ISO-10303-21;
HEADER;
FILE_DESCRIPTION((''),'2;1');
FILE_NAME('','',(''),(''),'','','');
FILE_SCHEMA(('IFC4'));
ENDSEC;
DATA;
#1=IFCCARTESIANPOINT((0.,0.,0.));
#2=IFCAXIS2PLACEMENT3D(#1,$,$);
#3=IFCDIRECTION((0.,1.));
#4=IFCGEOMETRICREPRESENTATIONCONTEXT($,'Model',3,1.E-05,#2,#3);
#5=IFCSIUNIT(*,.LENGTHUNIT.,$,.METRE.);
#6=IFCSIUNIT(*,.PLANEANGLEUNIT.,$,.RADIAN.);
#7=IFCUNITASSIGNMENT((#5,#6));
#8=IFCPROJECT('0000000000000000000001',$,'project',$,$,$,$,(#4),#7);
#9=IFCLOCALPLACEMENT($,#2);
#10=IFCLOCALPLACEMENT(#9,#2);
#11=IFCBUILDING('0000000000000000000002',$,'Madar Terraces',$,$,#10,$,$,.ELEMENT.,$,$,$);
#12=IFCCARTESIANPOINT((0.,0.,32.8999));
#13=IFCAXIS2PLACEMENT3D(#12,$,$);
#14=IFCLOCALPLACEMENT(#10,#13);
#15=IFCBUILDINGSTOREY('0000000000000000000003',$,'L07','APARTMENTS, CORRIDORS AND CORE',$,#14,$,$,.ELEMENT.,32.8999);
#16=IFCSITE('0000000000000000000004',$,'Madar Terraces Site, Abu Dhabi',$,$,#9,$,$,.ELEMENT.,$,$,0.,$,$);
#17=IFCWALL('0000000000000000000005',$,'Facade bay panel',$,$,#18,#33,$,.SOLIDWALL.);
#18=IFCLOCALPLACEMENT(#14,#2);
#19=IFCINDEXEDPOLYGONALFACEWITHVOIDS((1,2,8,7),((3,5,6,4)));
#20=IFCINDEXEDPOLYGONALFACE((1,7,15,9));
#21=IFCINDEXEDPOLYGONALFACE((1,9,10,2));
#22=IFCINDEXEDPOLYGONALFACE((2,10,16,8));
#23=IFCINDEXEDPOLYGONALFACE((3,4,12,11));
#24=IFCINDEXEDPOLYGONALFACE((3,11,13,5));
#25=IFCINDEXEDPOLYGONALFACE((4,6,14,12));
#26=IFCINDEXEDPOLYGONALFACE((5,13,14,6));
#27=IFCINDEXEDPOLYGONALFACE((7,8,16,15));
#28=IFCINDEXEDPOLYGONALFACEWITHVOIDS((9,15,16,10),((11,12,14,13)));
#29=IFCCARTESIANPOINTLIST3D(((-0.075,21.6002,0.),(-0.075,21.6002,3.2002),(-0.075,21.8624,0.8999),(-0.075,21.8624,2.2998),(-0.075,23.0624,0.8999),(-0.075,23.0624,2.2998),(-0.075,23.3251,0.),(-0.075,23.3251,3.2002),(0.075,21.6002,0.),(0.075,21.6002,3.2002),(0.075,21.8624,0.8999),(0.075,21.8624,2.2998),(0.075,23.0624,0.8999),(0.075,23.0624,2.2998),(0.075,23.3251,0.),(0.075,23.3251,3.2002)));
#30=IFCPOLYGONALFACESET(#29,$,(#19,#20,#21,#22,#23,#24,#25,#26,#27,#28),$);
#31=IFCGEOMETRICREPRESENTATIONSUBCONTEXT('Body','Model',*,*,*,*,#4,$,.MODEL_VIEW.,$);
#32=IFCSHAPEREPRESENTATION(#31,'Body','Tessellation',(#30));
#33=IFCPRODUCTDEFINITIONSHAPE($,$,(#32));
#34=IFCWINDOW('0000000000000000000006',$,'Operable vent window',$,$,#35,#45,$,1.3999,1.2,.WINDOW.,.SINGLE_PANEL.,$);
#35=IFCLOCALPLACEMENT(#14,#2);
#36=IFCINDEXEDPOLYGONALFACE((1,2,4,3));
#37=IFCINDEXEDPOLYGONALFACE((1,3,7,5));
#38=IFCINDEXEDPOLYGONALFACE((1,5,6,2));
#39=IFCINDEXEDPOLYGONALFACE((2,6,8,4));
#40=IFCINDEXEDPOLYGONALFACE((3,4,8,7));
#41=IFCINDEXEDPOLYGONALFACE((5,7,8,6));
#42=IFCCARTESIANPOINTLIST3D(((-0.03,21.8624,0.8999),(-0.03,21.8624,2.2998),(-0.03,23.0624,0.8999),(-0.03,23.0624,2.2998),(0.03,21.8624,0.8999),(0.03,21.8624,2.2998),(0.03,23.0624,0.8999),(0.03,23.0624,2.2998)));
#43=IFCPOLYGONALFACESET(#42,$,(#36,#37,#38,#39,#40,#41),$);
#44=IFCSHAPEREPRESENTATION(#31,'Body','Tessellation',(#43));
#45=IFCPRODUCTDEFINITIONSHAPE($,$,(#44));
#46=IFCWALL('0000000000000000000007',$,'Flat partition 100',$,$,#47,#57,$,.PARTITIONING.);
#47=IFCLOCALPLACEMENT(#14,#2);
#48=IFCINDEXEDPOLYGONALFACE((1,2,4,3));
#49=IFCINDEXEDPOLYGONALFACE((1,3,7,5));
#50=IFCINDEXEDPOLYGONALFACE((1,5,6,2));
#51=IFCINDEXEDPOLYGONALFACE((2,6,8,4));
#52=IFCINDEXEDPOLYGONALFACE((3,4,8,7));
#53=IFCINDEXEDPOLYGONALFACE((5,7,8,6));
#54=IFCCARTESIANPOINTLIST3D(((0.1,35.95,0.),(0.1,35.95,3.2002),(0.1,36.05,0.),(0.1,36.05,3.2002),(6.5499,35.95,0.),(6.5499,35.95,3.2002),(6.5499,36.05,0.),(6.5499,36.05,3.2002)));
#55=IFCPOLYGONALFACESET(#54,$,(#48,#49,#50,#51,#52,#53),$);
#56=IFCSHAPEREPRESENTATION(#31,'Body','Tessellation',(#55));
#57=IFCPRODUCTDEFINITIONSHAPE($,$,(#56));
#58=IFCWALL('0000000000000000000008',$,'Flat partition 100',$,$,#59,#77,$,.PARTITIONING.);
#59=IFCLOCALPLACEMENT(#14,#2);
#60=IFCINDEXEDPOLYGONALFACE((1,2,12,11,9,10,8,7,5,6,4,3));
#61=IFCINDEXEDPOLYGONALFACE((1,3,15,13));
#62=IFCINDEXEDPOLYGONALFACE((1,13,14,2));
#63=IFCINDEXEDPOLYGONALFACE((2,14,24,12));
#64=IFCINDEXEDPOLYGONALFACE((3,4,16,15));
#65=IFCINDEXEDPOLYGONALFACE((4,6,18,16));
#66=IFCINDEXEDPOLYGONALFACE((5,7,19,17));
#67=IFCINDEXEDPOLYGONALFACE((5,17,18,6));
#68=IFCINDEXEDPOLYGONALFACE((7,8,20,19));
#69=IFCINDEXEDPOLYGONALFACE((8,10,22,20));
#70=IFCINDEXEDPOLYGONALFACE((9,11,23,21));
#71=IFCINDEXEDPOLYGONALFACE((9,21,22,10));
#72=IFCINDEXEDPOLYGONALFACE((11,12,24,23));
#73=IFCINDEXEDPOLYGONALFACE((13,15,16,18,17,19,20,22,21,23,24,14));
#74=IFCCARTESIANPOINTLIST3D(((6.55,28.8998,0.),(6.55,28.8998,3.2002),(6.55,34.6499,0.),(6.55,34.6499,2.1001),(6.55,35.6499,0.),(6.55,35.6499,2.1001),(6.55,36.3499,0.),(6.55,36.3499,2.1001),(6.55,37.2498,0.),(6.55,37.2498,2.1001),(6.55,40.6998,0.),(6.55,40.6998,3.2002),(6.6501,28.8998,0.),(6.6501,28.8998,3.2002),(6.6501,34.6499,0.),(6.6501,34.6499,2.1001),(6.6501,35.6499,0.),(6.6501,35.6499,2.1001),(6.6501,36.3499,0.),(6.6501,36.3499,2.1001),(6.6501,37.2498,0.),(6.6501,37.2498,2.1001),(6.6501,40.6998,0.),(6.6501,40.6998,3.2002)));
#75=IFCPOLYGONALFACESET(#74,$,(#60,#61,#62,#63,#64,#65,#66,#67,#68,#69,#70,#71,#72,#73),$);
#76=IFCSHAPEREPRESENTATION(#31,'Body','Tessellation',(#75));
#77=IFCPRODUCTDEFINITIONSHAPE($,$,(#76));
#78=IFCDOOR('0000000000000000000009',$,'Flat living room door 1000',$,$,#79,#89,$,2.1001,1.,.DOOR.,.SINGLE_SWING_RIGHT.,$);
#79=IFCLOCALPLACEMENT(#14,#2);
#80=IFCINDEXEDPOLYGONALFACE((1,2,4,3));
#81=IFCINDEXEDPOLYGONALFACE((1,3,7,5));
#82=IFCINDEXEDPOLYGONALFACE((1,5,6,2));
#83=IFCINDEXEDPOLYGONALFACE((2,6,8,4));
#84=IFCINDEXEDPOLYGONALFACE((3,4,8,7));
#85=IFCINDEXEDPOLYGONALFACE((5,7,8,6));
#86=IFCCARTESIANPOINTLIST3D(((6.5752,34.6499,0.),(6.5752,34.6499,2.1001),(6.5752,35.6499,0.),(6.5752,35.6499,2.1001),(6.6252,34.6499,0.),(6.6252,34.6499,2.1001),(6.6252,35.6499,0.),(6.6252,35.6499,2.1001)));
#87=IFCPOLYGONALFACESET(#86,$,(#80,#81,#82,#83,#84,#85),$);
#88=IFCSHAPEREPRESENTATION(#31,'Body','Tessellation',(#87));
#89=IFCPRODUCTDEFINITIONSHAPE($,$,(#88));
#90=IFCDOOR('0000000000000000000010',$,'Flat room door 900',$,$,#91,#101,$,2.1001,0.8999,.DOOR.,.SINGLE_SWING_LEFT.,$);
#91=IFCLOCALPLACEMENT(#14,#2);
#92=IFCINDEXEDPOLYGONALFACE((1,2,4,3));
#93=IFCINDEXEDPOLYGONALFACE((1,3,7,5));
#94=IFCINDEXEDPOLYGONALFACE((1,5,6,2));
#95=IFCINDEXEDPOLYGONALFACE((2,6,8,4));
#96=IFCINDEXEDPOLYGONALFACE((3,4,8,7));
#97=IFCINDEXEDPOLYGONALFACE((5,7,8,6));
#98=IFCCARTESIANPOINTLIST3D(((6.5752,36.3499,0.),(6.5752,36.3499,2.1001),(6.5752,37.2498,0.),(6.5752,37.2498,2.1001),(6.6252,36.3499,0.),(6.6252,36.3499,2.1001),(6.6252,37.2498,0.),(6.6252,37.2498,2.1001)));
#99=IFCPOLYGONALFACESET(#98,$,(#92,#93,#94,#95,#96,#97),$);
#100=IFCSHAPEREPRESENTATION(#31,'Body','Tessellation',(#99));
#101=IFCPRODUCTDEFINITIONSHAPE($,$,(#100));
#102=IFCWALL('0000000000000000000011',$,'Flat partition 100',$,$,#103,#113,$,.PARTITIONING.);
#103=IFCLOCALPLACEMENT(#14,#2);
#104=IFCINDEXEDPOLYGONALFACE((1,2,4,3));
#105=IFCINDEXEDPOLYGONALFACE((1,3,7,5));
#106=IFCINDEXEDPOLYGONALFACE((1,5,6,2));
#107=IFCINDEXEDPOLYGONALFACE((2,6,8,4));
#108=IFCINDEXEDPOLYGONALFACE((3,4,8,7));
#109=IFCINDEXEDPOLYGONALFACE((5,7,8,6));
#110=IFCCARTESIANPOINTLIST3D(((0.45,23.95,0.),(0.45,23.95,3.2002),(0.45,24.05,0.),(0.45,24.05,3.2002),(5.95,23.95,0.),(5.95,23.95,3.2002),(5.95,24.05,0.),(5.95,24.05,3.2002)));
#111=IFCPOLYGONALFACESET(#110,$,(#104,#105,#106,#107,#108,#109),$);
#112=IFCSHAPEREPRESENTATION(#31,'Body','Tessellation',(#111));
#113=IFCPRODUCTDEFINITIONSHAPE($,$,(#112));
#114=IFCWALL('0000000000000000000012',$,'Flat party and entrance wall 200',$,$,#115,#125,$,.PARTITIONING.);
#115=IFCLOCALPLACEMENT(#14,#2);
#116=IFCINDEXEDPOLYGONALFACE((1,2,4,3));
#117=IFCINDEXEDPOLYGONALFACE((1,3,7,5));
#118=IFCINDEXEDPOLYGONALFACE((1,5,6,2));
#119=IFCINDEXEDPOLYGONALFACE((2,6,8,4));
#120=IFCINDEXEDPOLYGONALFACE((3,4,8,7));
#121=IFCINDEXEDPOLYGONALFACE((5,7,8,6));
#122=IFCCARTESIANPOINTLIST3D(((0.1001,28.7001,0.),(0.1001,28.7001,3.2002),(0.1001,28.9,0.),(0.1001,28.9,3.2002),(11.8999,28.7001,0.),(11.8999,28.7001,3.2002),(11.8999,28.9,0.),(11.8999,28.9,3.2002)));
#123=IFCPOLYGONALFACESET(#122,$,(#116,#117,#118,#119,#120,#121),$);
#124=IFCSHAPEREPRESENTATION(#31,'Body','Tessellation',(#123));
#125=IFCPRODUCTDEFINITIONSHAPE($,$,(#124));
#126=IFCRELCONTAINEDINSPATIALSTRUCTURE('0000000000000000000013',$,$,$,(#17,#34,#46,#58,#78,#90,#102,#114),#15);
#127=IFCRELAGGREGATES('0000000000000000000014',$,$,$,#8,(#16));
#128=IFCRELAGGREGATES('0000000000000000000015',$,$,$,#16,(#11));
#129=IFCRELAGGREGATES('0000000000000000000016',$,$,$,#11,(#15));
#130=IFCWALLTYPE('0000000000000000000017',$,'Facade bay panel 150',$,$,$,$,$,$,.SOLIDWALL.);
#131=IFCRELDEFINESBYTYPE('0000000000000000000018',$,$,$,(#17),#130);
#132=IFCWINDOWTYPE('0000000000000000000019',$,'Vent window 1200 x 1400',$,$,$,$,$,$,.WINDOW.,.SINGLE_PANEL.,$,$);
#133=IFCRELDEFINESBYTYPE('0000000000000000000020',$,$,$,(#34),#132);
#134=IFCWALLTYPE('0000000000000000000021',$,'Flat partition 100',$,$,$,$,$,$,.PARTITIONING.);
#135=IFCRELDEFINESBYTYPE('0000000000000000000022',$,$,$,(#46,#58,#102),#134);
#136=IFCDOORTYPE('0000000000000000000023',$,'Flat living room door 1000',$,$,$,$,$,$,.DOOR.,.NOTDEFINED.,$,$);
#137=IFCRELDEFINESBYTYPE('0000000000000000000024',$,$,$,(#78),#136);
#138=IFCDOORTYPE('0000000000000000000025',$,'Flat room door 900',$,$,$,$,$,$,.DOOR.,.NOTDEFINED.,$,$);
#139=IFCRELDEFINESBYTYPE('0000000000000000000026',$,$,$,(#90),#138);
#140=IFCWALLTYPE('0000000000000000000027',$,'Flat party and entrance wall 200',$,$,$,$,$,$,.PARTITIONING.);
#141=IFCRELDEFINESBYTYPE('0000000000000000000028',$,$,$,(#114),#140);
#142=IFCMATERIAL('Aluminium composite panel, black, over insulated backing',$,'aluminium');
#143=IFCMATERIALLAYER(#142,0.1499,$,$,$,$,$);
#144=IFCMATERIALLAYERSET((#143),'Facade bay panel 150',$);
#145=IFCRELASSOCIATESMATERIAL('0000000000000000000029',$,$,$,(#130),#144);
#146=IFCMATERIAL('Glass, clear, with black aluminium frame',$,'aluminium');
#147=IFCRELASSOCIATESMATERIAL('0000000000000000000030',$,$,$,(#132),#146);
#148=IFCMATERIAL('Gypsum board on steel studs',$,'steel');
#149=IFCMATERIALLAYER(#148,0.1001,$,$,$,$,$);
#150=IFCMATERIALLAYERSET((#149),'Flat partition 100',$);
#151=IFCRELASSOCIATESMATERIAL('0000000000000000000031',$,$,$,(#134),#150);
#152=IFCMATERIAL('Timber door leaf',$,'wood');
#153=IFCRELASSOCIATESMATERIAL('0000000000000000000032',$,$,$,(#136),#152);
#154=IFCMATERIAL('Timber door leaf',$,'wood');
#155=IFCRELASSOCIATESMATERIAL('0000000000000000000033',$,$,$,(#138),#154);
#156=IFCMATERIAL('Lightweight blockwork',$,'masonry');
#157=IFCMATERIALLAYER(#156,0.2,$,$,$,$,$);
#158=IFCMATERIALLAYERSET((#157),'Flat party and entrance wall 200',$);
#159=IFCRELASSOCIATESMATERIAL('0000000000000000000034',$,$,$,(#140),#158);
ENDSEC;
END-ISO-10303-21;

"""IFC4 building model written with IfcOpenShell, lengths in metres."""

from ifc_helpers import new_model, si_unit, direction, frame, frame_2d, origin, place, context, subcontext, project, spatial, rectangle, extrude, material, layer, layer_set, type_object, element, fill, save


model = new_model("IFC4")

# Units and contexts
model_context = context("Model", 3, precision=1e-05, world=origin(), true_north=direction((0.0, 1.0)))
body_context = subcontext(model_context, "Body", "Model", "MODEL_VIEW")
ifc_project = project(units=[si_unit("LENGTHUNIT", "METRE"), si_unit("PLANEANGLEUNIT", "RADIAN")], contexts=[model_context])

# Site, building, storey
site_placement = place(None, origin())
site = spatial("IfcSite", under=ifc_project, at=site_placement, Name="Madar Terraces Site, Abu Dhabi", CompositionType="ELEMENT", RefElevation=0.0)
building_placement = place(site_placement, origin())
building = spatial("IfcBuilding", under=site, at=building_placement, Name="Madar Terraces", CompositionType="ELEMENT")
storey_placement = place(building_placement, frame((0.0, 0.0, 32.8999)))
storey = spatial("IfcBuildingStorey", under=building, at=storey_placement, Name="L07", Description="APARTMENTS, CORRIDORS AND CORE", CompositionType="ELEMENT", Elevation=32.8999)

# Shared definitions
ifc_material_1 = material(Name="Aluminium composite panel, black, over insulated backing", Category="aluminium")
ifc_layer_1 = layer(ifc_material_1, 0.1499)
ifc_layer_set_1 = layer_set([ifc_layer_1], Name="Facade bay panel 150")
wall_type_1 = type_object("IfcWallType", Name="Facade bay panel 150", PredefinedType="SOLIDWALL", material=ifc_layer_set_1)

# Wall, opening, window
ifc_material_2 = material(Name="Glass, clear, with black aluminium frame", Category="aluminium")
window_type = type_object("IfcWindowType", Name="Vent window 1200 x 1400", PartitioningType="SINGLE_PANEL", PredefinedType="WINDOW", material=ifc_material_2)
wall_1_placement = place(storey_placement, frame((0.0, 23.325, 0.0), z_axis=(0.0, 0.0, 1.0), x_axis=(0.0, -1.0, 0.0)))
wall_1 = element("IfcWall", 1, at=wall_1_placement, inside=storey, type_object=wall_type_1, Name="Facade bay panel", PredefinedType="SOLIDWALL", context=body_context, shape_type="SweptSolid", body=[
    extrude(rectangle(XDim=1.7249, YDim=0.1499, at=frame_2d((0.8623, 0.0))), origin(), (0.0, 0.0, 1.0), 3.2002),
])
opening_1_placement = place(wall_1_placement, frame((0.2625, 0.0, 0.8999)))
opening_1 = element("IfcOpeningElement", 2, at=opening_1_placement, cuts=wall_1, PredefinedType="OPENING", context=body_context, shape_type="SweptSolid", body=[
    extrude(rectangle(XDim=1.2, YDim=1.3999, at=frame_2d((0.6001, 0.7))), frame((0.0, 0.085, 0.0), z_axis=(0.0, -1.0, 0.0), x_axis=(1.0, 0.0, 0.0)), (0.0, 0.0, 1.0), 0.1699),
])
window_1_placement = place(opening_1_placement, origin())
window_1 = element("IfcWindow", 3, at=window_1_placement, inside=storey, type_object=window_type, Name="Operable vent window", OverallHeight=1.3999, OverallWidth=1.2, PartitioningType="SINGLE_PANEL", PredefinedType="WINDOW", context=body_context, shape_type="SweptSolid", body=[
    extrude(rectangle(XDim=1.2, YDim=1.3999, at=frame_2d((0.6001, 0.7))), frame((0.0, 0.03, 0.0), z_axis=(0.0, -1.0, 0.0), x_axis=(1.0, 0.0, 0.0)), (0.0, 0.0, 1.0), 0.0601),
])
fill(opening_1, window_1)

# Wall
ifc_material_3 = material(Name="Gypsum board on steel studs", Category="steel")
ifc_layer_2 = layer(ifc_material_3, 0.1001)
ifc_layer_set_2 = layer_set([ifc_layer_2], Name="Flat partition 100")
wall_type_2 = type_object("IfcWallType", Name="Flat partition 100", PredefinedType="PARTITIONING", material=ifc_layer_set_2)
wall_2_placement = place(storey_placement, frame((6.55, 36.0, 0.0), z_axis=(0.0, 0.0, 1.0), x_axis=(-1.0, 0.0, 0.0)))
element("IfcWall", 4, at=wall_2_placement, inside=storey, type_object=wall_type_2, Name="Flat partition 100", PredefinedType="PARTITIONING", context=body_context, shape_type="SweptSolid", body=[
    extrude(rectangle(XDim=6.45, YDim=0.1001, at=frame_2d((3.2251, 0.0))), origin(), (0.0, 0.0, 1.0), 3.2002),
])

# Wall, openings, doors
wall_3_placement = place(storey_placement, frame((6.6001, 28.8999, 0.0), z_axis=(0.0, 0.0, 1.0), x_axis=(0.0, 1.0, 0.0)))
wall_3 = element("IfcWall", 5, at=wall_3_placement, inside=storey, type_object=wall_type_2, Name="Flat partition 100", PredefinedType="PARTITIONING", context=body_context, shape_type="SweptSolid", body=[
    extrude(rectangle(XDim=11.8, YDim=0.1001, at=frame_2d((5.8999, 0.0))), origin(), (0.0, 0.0, 1.0), 3.2002),
])
opening_2_placement = place(wall_3_placement, frame((5.75, 0.0, 0.0)))
opening_2 = element("IfcOpeningElement", 6, at=opening_2_placement, cuts=wall_3, PredefinedType="OPENING", context=body_context, shape_type="SweptSolid", body=[
    extrude(rectangle(XDim=1.0, YDim=2.1001, at=frame_2d((0.5, 1.05))), frame((0.0, 0.0601, 0.0), z_axis=(0.0, -1.0, 0.0), x_axis=(1.0, 0.0, 0.0)), (0.0, 0.0, 1.0), 0.1201),
])
opening_3_placement = place(wall_3_placement, frame((7.45, 0.0, 0.0)))
opening_3 = element("IfcOpeningElement", 7, at=opening_3_placement, cuts=wall_3, PredefinedType="OPENING", context=body_context, shape_type="SweptSolid", body=[
    extrude(rectangle(XDim=0.8999, YDim=2.1001, at=frame_2d((0.45, 1.05))), frame((0.0, 0.0601, 0.0), z_axis=(0.0, -1.0, 0.0), x_axis=(1.0, 0.0, 0.0)), (0.0, 0.0, 1.0), 0.1201),
])
ifc_material_4 = material(Name="Timber door leaf", Category="wood")
door_type_1 = type_object("IfcDoorType", Name="Flat living room door 1000", OperationType="NOTDEFINED", PredefinedType="DOOR", material=ifc_material_4)
door_1_placement = place(opening_2_placement, origin())
door_1 = element("IfcDoor", 8, at=door_1_placement, inside=storey, type_object=door_type_1, Name="Flat living room door 1000", OperationType="SINGLE_SWING_RIGHT", OverallHeight=2.1001, OverallWidth=1.0, PredefinedType="DOOR", context=body_context, shape_type="SweptSolid", body=[
    extrude(rectangle(XDim=1.0, YDim=2.1001, at=frame_2d((0.5, 1.05))), frame((0.0, 0.0249, 0.0), z_axis=(0.0, -1.0, 0.0), x_axis=(1.0, 0.0, 0.0)), (0.0, 0.0, 1.0), 0.05),
])
fill(opening_2, door_1)
ifc_material_5 = material(Name="Timber door leaf", Category="wood")
door_type_2 = type_object("IfcDoorType", Name="Flat room door 900", OperationType="NOTDEFINED", PredefinedType="DOOR", material=ifc_material_5)
door_2_placement = place(opening_3_placement, origin())
door_2 = element("IfcDoor", 9, at=door_2_placement, inside=storey, type_object=door_type_2, Name="Flat room door 900", OperationType="SINGLE_SWING_LEFT", OverallHeight=2.1001, OverallWidth=0.8999, PredefinedType="DOOR", context=body_context, shape_type="SweptSolid", body=[
    extrude(rectangle(XDim=0.8999, YDim=2.1001, at=frame_2d((0.45, 1.05))), frame((0.0, 0.0249, 0.0), z_axis=(0.0, -1.0, 0.0), x_axis=(1.0, 0.0, 0.0)), (0.0, 0.0, 1.0), 0.05),
])
fill(opening_3, door_2)

# Walls
wall_4_placement = place(storey_placement, frame((5.95, 24.0, 0.0), z_axis=(0.0, 0.0, 1.0), x_axis=(-1.0, 0.0, 0.0)))
element("IfcWall", 10, at=wall_4_placement, inside=storey, type_object=wall_type_2, Name="Flat partition 100", PredefinedType="PARTITIONING", context=body_context, shape_type="SweptSolid", body=[
    extrude(rectangle(XDim=5.5, YDim=0.1001, at=frame_2d((2.75, 0.0))), origin(), (0.0, 0.0, 1.0), 3.2002),
])
ifc_material_6 = material(Name="Lightweight blockwork", Category="masonry")
ifc_layer_3 = layer(ifc_material_6, 0.2)
ifc_layer_set_3 = layer_set([ifc_layer_3], Name="Flat party and entrance wall 200")
wall_type_3 = type_object("IfcWallType", Name="Flat party and entrance wall 200", PredefinedType="PARTITIONING", material=ifc_layer_set_3)
wall_5_placement = place(storey_placement, frame((0.1001, 28.8, 0.0), z_axis=(0.0, 0.0, 1.0), x_axis=(1.0, 0.0, 0.0)))
element("IfcWall", 11, at=wall_5_placement, inside=storey, type_object=wall_type_3, Name="Flat party and entrance wall 200", PredefinedType="PARTITIONING", context=body_context, shape_type="SweptSolid", body=[
    extrude(rectangle(XDim=11.7998, YDim=0.2, at=frame_2d((5.8999, 0.0))), origin(), (0.0, 0.0, 1.0), 3.2002),
])

save(model, "model.ifc")
